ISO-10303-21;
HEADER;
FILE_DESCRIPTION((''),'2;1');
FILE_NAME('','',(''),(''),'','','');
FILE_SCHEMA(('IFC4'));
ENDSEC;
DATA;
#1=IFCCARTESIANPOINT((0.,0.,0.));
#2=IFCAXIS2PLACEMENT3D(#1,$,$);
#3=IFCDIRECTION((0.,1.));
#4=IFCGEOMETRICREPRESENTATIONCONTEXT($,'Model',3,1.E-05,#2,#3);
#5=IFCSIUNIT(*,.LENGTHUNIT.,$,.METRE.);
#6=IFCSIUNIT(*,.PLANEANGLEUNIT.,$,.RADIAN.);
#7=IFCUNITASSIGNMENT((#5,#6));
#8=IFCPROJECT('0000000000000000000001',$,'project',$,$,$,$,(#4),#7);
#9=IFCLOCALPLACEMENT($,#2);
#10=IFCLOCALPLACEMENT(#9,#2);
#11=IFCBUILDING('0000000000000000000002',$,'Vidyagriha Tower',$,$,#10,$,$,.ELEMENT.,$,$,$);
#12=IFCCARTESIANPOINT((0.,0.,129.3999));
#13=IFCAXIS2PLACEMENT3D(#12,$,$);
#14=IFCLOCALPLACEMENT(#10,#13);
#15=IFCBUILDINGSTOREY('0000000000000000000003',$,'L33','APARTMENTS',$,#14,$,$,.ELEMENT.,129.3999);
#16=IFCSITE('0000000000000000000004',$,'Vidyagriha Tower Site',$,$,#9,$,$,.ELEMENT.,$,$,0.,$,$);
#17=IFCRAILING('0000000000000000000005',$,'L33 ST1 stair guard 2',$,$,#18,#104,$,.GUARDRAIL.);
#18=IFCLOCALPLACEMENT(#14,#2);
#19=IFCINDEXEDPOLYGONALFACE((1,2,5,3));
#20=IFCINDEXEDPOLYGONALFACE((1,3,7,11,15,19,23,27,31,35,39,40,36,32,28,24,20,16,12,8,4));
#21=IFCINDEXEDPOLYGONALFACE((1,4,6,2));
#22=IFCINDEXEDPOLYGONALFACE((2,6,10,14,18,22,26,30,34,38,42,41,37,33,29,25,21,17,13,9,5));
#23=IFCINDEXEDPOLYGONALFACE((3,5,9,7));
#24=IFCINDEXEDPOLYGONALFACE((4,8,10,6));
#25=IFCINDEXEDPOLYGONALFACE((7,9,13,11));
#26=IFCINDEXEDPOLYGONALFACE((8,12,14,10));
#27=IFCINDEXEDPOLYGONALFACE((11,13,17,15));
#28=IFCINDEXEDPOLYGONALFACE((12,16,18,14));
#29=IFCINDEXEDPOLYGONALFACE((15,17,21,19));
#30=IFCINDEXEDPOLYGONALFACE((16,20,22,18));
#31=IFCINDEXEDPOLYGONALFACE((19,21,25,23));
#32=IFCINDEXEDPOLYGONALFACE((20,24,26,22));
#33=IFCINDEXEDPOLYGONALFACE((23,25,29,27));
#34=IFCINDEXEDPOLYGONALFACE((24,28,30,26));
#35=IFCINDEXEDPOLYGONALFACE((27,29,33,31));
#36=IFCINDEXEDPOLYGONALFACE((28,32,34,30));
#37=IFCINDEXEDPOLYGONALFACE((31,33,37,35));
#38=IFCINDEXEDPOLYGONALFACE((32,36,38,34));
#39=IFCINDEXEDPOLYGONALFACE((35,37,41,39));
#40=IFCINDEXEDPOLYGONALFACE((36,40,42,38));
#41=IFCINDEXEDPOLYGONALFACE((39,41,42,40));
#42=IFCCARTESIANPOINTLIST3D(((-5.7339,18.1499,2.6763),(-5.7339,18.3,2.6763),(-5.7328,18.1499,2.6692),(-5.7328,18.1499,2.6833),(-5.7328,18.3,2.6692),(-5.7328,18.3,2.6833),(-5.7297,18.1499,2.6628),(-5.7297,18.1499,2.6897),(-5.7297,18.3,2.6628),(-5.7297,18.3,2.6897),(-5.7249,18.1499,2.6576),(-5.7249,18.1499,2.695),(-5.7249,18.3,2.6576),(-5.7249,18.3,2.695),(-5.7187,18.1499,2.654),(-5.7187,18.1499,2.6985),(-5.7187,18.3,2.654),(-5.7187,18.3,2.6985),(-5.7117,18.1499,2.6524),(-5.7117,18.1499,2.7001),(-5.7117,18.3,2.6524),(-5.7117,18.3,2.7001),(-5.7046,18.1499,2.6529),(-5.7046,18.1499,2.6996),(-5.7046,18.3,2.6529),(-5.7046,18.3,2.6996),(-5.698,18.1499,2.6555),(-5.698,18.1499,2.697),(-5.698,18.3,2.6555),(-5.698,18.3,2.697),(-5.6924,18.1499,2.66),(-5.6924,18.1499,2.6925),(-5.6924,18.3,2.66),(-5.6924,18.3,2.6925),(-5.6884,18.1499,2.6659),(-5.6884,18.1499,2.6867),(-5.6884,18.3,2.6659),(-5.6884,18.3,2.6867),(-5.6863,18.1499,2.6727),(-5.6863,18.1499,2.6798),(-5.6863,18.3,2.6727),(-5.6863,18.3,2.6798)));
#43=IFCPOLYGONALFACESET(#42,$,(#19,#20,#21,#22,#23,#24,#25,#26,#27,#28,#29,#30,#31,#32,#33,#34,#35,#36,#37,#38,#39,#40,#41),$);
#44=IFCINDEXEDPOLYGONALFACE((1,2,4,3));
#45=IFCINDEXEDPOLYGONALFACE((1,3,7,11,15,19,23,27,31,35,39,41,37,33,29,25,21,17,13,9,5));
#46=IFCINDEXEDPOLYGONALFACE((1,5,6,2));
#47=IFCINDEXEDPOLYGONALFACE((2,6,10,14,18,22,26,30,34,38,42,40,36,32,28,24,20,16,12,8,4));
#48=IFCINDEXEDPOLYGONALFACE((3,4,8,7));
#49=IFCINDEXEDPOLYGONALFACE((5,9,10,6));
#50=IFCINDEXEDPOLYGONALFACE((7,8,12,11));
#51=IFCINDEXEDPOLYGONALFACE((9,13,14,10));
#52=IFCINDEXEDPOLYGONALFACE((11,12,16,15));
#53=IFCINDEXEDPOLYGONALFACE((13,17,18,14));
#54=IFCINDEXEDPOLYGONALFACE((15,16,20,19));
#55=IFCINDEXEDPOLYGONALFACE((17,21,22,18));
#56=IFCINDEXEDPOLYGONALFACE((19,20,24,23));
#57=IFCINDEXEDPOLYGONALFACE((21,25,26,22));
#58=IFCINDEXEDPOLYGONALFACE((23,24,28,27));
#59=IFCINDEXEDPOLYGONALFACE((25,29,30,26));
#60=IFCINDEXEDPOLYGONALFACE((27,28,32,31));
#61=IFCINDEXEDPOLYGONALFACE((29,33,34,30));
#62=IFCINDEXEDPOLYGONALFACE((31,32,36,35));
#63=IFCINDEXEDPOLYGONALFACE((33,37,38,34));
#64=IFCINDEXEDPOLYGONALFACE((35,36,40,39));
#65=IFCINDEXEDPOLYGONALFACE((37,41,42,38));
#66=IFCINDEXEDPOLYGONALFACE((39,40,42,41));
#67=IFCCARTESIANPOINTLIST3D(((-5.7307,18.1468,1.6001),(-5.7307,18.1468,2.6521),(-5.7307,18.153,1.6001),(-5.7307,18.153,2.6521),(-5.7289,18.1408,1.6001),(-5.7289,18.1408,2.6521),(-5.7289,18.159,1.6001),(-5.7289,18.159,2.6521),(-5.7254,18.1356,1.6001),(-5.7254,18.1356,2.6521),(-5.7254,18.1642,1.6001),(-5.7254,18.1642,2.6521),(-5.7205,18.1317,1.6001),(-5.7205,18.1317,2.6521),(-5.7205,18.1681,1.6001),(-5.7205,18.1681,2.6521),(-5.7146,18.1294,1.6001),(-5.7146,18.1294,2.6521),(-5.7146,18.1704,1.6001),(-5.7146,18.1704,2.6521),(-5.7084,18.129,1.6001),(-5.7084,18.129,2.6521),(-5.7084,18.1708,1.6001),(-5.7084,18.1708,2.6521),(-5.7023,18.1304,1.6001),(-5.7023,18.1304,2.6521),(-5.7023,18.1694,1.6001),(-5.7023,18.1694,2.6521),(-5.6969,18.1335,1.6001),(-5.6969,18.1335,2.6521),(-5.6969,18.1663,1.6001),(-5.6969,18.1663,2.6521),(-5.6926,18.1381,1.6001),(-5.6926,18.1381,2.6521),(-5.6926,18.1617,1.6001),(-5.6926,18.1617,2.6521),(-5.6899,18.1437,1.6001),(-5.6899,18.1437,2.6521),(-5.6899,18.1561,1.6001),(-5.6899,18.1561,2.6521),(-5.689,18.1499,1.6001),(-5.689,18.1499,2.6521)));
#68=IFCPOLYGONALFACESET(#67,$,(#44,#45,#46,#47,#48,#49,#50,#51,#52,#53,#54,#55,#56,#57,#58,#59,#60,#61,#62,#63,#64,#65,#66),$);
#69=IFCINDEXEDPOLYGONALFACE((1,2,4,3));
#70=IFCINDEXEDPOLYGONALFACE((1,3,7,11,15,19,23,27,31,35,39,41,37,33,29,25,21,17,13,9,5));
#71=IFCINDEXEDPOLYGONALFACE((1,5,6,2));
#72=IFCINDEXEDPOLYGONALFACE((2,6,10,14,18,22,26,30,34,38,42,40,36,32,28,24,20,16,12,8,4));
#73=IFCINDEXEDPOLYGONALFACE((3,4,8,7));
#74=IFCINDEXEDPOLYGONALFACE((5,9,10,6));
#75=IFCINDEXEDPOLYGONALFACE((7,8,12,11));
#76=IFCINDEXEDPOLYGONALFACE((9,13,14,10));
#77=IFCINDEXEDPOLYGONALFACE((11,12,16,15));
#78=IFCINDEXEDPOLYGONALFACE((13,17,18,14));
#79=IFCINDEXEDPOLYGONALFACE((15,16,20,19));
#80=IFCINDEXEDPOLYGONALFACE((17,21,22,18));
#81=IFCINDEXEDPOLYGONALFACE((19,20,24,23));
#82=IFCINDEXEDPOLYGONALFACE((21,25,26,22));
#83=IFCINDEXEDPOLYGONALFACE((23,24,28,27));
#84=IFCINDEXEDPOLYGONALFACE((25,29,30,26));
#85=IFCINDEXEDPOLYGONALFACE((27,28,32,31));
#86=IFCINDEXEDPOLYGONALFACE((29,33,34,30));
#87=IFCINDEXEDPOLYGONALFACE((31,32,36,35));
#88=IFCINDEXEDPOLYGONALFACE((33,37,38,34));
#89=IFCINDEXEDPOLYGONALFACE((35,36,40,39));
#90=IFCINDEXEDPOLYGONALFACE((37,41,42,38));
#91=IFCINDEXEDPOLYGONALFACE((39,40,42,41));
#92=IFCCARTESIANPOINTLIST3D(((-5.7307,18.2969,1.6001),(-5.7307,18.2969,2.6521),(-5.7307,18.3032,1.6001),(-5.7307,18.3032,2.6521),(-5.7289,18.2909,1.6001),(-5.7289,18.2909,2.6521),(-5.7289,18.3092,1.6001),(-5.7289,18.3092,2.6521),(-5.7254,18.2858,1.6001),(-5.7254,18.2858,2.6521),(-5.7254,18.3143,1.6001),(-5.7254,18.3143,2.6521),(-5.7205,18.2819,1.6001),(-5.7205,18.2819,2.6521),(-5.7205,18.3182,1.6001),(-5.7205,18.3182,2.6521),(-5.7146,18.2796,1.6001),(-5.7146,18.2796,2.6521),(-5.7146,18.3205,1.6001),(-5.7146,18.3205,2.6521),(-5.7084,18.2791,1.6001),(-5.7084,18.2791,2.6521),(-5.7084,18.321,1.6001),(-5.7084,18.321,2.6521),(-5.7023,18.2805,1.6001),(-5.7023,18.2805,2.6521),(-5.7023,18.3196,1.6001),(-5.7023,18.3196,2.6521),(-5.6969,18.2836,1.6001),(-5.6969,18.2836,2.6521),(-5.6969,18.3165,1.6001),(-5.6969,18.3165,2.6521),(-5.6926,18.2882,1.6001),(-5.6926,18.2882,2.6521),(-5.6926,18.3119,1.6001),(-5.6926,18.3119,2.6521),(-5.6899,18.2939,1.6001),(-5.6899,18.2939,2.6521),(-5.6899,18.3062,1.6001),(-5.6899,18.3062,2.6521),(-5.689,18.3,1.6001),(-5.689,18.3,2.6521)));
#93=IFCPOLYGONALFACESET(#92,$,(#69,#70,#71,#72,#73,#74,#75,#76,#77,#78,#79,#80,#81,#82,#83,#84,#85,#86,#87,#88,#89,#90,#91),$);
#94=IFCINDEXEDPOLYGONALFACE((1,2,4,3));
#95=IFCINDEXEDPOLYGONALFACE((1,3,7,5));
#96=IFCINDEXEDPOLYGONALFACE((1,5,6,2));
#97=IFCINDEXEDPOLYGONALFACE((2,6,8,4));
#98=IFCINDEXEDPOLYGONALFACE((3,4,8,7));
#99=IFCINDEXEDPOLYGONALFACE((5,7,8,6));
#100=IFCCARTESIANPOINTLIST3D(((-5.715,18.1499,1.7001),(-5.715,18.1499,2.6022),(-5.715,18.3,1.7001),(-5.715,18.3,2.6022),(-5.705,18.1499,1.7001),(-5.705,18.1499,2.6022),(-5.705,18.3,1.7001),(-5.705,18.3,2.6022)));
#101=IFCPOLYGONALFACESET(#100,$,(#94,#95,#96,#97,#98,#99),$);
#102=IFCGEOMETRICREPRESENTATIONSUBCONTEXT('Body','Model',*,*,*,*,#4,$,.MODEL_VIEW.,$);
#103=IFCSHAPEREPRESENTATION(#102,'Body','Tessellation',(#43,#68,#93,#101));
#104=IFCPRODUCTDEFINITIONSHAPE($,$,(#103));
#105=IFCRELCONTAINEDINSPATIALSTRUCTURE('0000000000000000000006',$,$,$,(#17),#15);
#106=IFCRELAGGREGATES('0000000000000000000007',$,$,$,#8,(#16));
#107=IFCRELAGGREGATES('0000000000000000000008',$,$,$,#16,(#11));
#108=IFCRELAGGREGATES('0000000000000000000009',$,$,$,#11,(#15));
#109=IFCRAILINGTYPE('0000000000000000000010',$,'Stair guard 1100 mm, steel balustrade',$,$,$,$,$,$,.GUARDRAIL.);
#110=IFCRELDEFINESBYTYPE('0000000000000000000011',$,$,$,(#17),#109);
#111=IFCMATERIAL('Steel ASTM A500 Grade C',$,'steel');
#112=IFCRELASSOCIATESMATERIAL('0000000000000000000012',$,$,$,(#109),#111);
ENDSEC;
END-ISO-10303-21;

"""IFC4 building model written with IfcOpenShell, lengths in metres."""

from ifc_helpers import new_model, si_unit, direction, frame, origin, origin_2d, place, context, subcontext, project, spatial, rectangle, circle, extrude, material, type_object, element, save


model = new_model("IFC4")

# Units and contexts
model_context = context("Model", 3, precision=1e-05, world=origin(), true_north=direction((0.0, 1.0)))
body_context = subcontext(model_context, "Body", "Model", "MODEL_VIEW")
ifc_project = project(units=[si_unit("LENGTHUNIT", "METRE"), si_unit("PLANEANGLEUNIT", "RADIAN")], contexts=[model_context])

# Site, building, storey
site_placement = place(None, origin())
site = spatial("IfcSite", under=ifc_project, at=site_placement, Name="Vidyagriha Tower Site", CompositionType="ELEMENT", RefElevation=0.0)
building_placement = place(site_placement, origin())
building = spatial("IfcBuilding", under=site, at=building_placement, Name="Vidyagriha Tower", CompositionType="ELEMENT")
storey_placement = place(building_placement, frame((0.0, 0.0, 129.3999)))
storey = spatial("IfcBuildingStorey", under=building, at=storey_placement, Name="L33", Description="APARTMENTS", CompositionType="ELEMENT", Elevation=129.3999)

# Railing
ifc_material_1 = material(Name="Steel ASTM A500 Grade C", Category="steel")
railing_type_1 = type_object("IfcRailingType", Name="Stair guard 1100 mm, steel balustrade", PredefinedType="GUARDRAIL", material=ifc_material_1)
railing_1_placement = place(storey_placement, frame((-5.71, 18.1499, 1.6001)))
element("IfcRailing", 1, at=railing_1_placement, inside=storey, type_object=railing_type_1, Name="L33 ST1 stair guard 2", PredefinedType="GUARDRAIL", context=body_context, shape_type="SweptSolid", body=[
    extrude(circle(Radius=0.0239, at=origin_2d()), frame((0.0, 0.0, 1.0762), z_axis=(0.0, 1.0, 0.0), x_axis=(-1.0, 0.0, 0.0)), (0.0, 0.0, 1.0), 0.1501),
    extrude(circle(Radius=0.021, at=origin_2d()), origin(), (0.0, 0.0, 1.0), 1.052),
    extrude(circle(Radius=0.021, at=origin_2d()), frame((0.0, 0.1501, 0.0)), (0.0, 0.0, 1.0), 1.052),
    extrude(rectangle(XDim=0.01, YDim=0.9021, at=origin_2d()), frame((0.0, 0.0, 0.551), z_axis=(0.0, 1.0, 0.0), x_axis=(-1.0, 0.0, 0.0)), (0.0, 0.0, 1.0), 0.1501),
])

save(model, "model.ifc")
